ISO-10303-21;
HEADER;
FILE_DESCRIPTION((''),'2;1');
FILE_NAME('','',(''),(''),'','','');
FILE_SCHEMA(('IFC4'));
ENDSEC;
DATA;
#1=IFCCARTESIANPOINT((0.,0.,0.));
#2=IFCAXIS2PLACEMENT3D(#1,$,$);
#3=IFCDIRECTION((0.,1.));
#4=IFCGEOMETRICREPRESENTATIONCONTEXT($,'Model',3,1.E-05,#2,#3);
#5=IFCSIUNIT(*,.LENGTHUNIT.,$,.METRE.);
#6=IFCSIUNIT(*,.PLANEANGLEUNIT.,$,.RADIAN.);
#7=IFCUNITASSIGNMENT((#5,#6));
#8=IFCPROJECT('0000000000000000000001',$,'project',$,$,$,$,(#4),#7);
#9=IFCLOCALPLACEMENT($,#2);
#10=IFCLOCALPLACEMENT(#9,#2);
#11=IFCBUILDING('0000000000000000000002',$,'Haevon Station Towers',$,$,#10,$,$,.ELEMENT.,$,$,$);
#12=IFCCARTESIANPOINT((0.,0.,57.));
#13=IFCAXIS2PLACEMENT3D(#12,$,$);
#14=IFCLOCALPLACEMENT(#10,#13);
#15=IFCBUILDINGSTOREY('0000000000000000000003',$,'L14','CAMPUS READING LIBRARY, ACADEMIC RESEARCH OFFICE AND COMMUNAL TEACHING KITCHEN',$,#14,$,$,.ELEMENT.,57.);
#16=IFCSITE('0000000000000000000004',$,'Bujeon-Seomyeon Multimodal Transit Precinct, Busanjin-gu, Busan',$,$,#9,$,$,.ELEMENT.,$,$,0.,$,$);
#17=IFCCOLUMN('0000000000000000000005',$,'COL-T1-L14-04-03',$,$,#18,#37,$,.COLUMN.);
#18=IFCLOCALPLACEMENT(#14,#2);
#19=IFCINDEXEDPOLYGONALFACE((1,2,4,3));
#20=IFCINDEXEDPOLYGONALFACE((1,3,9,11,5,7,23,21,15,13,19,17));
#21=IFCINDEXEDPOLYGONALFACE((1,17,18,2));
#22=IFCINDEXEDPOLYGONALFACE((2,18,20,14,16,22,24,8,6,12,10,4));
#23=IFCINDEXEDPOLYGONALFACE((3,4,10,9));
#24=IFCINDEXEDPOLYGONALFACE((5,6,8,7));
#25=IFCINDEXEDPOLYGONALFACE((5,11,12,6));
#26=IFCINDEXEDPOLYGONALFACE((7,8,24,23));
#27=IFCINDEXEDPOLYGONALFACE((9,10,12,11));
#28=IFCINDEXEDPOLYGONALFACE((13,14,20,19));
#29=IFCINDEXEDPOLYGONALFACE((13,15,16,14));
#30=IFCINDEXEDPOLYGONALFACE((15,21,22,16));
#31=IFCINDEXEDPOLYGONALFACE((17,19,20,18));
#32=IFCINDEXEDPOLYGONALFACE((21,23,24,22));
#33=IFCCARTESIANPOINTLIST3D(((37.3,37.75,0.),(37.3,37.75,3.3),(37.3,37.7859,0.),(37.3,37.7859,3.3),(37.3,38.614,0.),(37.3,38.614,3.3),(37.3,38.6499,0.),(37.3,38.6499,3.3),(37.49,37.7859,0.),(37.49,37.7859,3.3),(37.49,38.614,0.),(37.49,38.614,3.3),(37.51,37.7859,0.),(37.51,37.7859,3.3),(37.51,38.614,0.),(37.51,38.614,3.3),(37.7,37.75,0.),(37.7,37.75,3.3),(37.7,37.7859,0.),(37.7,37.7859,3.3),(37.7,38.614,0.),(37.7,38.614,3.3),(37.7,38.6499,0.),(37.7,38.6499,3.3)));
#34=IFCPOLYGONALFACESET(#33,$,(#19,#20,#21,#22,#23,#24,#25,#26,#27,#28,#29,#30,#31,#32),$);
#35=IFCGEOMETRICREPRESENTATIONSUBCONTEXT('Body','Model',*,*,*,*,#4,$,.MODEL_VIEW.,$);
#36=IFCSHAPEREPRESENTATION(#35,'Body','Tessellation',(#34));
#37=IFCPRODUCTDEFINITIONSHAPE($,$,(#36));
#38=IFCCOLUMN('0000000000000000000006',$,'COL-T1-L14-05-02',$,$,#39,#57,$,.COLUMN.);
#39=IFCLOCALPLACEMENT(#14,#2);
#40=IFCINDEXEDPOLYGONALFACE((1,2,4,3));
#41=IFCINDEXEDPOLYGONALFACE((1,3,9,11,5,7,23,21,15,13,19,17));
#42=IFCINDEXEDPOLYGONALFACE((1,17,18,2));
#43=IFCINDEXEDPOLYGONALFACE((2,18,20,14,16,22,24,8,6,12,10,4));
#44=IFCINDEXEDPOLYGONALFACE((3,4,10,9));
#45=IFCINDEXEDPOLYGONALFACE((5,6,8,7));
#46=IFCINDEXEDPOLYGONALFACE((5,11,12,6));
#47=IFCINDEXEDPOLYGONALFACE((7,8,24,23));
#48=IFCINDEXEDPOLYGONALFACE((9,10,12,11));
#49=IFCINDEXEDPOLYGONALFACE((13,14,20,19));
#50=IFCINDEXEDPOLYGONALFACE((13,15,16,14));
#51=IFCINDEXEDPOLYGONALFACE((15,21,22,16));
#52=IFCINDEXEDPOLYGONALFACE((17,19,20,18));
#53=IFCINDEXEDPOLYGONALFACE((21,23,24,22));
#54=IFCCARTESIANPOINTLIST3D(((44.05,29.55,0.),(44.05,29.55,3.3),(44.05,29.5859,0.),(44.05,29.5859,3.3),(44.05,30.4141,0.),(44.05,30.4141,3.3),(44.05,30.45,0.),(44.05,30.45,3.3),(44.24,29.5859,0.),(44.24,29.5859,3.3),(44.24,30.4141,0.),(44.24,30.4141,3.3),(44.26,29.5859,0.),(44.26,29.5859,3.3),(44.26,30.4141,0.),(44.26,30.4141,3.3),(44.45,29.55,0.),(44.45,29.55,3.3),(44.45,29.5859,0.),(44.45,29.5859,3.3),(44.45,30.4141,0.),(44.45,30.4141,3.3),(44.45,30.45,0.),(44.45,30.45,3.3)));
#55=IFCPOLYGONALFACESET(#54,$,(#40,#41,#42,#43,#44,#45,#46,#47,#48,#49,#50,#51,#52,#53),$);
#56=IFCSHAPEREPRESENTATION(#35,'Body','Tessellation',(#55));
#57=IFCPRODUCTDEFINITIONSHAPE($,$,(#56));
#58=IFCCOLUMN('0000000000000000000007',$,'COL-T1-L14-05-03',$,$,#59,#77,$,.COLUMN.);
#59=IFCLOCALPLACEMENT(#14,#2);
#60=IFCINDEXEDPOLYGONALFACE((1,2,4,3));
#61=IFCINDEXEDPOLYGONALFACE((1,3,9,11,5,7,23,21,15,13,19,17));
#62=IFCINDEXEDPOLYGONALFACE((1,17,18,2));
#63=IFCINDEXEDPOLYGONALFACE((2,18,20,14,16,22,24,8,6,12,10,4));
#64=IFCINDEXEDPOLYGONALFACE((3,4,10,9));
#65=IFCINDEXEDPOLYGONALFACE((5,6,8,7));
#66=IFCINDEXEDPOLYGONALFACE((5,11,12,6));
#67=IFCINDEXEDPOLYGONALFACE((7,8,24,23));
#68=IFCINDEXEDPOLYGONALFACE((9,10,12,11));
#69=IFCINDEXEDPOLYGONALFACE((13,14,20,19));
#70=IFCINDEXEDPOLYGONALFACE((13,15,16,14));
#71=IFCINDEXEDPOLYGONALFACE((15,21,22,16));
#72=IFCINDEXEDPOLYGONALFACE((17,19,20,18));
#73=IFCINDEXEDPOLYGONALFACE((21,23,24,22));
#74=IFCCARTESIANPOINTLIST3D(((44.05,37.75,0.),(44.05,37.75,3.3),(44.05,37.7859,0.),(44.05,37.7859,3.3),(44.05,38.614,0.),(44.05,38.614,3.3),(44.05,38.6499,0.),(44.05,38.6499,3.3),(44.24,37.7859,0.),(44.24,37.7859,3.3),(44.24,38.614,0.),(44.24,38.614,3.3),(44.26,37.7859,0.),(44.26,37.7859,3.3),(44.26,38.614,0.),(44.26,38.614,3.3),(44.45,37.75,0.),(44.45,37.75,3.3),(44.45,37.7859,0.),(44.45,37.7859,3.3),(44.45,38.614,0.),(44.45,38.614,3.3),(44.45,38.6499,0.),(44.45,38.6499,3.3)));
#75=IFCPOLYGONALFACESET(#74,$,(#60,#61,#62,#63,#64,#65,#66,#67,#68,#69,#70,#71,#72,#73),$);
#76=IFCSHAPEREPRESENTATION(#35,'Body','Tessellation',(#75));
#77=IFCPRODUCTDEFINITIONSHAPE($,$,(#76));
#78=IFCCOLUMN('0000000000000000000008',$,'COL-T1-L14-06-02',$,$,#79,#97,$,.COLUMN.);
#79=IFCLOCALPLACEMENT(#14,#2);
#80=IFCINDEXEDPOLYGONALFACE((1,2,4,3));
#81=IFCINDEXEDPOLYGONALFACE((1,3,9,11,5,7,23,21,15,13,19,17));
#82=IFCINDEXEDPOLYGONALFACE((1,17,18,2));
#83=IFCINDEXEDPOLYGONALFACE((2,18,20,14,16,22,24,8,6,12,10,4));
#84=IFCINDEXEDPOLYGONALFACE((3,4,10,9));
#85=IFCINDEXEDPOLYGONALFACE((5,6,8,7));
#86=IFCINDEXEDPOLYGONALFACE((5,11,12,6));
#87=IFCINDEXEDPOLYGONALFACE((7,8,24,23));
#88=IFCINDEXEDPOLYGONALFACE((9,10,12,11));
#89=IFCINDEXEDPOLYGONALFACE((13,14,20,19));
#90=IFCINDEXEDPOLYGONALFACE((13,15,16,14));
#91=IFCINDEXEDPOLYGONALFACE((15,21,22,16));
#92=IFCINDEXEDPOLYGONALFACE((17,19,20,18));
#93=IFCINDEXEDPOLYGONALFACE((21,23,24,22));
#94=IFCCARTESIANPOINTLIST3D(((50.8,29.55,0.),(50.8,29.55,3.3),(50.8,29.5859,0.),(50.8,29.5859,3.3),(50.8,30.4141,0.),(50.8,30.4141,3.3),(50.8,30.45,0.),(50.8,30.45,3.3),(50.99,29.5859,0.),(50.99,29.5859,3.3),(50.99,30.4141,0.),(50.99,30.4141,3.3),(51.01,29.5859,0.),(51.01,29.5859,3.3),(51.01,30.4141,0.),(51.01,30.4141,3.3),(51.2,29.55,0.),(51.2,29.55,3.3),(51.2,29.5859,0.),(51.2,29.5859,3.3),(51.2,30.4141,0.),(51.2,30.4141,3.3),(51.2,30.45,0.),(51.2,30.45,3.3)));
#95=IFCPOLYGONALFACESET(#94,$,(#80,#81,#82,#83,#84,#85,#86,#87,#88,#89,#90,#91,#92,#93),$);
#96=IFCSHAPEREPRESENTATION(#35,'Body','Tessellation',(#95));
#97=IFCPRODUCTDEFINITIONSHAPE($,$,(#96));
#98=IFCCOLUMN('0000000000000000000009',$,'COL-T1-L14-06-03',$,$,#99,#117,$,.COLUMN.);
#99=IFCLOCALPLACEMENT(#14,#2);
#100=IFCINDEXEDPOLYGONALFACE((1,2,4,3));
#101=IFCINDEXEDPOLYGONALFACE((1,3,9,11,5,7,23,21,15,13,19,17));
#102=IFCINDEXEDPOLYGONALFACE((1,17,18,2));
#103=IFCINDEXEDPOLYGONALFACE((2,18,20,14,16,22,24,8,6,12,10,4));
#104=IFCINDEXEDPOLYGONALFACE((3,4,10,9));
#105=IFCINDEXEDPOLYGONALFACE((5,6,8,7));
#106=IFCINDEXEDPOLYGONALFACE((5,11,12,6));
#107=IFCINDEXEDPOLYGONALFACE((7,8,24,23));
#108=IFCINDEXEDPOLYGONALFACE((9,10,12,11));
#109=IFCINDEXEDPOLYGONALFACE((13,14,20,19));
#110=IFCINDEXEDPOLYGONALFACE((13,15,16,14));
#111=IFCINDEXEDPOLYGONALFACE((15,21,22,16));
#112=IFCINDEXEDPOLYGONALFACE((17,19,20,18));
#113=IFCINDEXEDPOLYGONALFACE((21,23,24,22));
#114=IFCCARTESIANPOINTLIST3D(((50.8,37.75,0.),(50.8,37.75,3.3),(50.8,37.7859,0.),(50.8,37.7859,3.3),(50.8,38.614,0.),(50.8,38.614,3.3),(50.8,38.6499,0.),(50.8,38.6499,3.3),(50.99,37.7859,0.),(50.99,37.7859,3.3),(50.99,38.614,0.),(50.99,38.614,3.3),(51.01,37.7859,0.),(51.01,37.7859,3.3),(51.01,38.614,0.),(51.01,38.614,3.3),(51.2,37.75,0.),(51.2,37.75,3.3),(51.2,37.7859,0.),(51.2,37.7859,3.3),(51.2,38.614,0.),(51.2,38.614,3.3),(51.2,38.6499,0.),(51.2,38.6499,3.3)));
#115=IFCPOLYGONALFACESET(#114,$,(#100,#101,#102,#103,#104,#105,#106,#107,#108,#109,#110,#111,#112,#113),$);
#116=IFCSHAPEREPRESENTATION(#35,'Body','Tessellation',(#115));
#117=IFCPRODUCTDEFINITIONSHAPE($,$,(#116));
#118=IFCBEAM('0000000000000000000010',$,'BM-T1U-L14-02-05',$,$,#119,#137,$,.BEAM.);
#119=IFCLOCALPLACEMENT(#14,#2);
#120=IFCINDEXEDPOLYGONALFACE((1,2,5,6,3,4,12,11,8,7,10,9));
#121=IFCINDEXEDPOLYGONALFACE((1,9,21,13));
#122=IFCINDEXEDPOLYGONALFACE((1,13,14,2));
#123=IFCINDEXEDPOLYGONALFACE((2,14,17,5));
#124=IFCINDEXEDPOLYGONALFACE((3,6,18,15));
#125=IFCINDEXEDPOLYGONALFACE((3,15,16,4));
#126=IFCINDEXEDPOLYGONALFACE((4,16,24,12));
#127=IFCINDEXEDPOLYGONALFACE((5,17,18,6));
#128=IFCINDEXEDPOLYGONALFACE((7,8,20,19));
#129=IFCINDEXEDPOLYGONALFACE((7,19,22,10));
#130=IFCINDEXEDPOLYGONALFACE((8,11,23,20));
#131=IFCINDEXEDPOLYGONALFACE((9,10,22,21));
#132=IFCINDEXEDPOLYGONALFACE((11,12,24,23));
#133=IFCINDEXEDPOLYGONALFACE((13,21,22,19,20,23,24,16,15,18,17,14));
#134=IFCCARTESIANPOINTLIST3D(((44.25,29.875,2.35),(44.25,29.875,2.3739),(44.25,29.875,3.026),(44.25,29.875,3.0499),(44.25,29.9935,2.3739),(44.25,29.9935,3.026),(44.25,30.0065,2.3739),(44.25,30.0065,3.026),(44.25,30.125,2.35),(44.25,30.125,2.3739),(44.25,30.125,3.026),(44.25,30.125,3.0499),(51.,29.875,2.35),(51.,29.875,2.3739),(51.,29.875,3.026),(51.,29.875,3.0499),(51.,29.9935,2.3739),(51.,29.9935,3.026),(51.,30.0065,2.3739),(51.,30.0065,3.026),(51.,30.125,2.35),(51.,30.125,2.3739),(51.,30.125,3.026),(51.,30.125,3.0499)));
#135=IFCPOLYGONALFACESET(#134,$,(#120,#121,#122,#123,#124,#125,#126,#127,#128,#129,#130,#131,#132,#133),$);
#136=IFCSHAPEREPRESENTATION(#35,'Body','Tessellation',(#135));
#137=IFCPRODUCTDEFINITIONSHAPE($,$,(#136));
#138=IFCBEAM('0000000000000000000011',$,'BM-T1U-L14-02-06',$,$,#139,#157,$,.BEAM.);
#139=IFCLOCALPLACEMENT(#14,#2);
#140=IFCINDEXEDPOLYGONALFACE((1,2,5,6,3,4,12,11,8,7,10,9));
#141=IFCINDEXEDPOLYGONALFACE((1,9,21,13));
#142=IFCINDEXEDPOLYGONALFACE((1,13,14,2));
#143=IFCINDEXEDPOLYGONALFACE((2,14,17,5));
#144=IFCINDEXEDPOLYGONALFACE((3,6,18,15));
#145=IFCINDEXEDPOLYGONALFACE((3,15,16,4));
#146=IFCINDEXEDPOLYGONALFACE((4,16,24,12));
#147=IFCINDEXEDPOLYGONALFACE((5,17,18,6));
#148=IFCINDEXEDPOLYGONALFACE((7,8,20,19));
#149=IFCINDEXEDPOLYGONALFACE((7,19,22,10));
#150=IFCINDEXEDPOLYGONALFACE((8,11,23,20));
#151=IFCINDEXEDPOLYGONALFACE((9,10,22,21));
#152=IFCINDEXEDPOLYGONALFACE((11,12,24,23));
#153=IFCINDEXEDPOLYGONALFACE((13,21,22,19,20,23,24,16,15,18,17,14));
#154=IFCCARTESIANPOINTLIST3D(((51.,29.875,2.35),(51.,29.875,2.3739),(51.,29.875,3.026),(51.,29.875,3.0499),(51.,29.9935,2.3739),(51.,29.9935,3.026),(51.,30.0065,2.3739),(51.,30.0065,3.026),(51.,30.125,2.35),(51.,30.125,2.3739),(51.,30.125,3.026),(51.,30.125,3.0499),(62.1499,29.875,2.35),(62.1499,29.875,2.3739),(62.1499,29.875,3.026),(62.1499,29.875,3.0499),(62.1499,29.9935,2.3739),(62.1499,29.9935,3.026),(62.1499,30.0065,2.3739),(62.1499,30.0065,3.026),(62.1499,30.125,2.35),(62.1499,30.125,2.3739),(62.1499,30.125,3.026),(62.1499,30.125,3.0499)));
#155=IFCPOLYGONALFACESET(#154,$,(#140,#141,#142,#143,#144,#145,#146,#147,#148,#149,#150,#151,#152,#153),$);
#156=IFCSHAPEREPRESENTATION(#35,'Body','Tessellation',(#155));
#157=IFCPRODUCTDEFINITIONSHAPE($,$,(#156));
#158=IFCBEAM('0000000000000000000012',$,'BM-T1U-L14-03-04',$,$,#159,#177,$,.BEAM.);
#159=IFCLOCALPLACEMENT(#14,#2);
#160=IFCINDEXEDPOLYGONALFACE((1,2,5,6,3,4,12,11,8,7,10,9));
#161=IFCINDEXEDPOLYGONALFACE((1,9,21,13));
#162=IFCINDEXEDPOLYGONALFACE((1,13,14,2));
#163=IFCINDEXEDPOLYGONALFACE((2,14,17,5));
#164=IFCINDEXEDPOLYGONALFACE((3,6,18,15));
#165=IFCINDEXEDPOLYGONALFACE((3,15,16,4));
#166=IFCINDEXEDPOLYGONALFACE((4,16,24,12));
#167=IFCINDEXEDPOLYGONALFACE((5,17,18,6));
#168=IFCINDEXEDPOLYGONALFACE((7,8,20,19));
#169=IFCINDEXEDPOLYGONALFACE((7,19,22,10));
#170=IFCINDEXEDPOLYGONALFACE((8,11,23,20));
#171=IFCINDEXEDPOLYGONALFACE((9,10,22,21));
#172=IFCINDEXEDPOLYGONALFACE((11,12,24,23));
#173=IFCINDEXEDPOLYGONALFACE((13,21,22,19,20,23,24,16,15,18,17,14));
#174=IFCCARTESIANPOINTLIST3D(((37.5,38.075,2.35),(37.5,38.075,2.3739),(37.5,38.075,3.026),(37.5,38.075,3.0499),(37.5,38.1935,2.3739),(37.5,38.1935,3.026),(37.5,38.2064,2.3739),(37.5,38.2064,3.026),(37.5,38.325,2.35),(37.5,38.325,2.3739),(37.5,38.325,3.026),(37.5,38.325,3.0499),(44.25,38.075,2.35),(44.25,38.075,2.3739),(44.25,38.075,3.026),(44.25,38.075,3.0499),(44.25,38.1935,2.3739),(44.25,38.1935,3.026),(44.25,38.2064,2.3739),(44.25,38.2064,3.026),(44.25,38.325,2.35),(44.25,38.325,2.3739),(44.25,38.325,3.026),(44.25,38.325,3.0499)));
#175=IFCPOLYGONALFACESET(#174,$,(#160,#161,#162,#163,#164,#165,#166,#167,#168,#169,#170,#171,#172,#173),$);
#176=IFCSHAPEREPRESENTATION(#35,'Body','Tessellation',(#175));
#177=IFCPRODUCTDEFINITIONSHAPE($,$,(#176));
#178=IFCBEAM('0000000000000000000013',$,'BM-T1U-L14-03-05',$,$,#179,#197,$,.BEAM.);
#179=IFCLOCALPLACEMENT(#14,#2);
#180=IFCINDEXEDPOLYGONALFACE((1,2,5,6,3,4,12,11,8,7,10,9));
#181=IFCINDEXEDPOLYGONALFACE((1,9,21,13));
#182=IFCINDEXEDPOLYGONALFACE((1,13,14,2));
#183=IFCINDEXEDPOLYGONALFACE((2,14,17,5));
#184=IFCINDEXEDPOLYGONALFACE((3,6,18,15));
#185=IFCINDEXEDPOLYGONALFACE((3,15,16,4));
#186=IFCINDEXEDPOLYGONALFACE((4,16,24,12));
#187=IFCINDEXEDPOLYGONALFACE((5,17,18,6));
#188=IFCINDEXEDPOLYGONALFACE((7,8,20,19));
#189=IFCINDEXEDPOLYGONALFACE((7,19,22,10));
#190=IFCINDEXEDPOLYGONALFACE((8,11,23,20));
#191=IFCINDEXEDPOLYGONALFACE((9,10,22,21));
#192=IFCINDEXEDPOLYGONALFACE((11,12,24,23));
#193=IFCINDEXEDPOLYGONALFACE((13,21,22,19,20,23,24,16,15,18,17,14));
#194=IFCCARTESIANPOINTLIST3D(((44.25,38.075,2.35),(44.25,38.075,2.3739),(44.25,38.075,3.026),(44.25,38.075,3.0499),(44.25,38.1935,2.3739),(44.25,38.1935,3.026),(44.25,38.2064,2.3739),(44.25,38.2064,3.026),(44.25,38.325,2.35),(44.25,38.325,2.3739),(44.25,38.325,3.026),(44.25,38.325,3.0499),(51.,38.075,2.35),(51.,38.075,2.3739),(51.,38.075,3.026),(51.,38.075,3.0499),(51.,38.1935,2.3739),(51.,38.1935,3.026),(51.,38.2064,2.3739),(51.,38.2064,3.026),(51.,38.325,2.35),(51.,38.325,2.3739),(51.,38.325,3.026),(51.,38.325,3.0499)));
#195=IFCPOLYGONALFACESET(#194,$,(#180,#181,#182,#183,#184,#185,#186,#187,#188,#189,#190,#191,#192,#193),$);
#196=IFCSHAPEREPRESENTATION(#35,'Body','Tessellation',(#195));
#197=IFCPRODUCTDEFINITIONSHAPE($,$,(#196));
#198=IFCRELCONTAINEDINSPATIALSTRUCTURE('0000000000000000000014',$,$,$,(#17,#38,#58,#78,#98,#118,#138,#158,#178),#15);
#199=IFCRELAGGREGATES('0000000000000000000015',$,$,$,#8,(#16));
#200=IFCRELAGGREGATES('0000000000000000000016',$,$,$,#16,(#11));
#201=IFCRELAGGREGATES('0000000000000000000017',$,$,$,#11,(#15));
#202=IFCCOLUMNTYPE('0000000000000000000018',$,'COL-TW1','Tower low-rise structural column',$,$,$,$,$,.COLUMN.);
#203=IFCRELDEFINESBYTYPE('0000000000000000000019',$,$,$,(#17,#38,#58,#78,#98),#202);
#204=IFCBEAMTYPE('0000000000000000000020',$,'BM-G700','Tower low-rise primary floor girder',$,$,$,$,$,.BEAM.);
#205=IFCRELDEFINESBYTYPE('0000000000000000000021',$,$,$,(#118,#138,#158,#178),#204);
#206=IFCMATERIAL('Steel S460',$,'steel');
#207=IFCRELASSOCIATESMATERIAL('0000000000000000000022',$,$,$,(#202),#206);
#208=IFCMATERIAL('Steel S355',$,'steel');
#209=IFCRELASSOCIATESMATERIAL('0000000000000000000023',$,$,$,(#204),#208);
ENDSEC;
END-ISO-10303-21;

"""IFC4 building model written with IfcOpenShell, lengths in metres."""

from ifc_helpers import new_model, si_unit, direction, frame, origin, origin_2d, place, context, subcontext, project, spatial, i_section, extrude, material, material_profile, profile_set, type_object, element, save


model = new_model("IFC4")

# Units and contexts
model_context = context("Model", 3, precision=1e-05, world=origin(), true_north=direction((0.0, 1.0)))
body_context = subcontext(model_context, "Body", "Model", "MODEL_VIEW")
ifc_project = project(units=[si_unit("LENGTHUNIT", "METRE"), si_unit("PLANEANGLEUNIT", "RADIAN")], contexts=[model_context])

# Site, building, storey
site_placement = place(None, origin())
site = spatial("IfcSite", under=ifc_project, at=site_placement, Name="Bujeon-Seomyeon Multimodal Transit Precinct, Busanjin-gu, Busan", CompositionType="ELEMENT", RefElevation=0.0)
building_placement = place(site_placement, origin())
building = spatial("IfcBuilding", under=site, at=building_placement, Name="Haevon Station Towers", CompositionType="ELEMENT")
storey_placement = place(building_placement, frame((0.0, 0.0, 57.0)))
storey = spatial("IfcBuildingStorey", under=building, at=storey_placement, Name="L14", Description="CAMPUS READING LIBRARY, ACADEMIC RESEARCH OFFICE AND COMMUNAL TEACHING KITCHEN", CompositionType="ELEMENT", Elevation=57.0)

# Columns
ifc_material_1 = material(Name="Steel S460", Category="steel")
ifc_material_profile_1 = material_profile(ifc_material_1, i_section(OverallWidth=0.3999, OverallDepth=0.8999, WebThickness=0.02, FlangeThickness=0.0359, at=origin_2d()), Name="H-900x400x20x36")
ifc_profile_set_1 = profile_set([ifc_material_profile_1], Name="Steel S460")
column_type = type_object("IfcColumnType", Name="COL-TW1", Description="Tower low-rise structural column", PredefinedType="COLUMN", material=ifc_profile_set_1)
for number, where, z_axis, x_axis, name in (
    (1, (37.5, 38.2, 0.0), (0.0, 0.0, 1.0), (1.0, 0.0, 0.0), "COL-T1-L14-04-03"),
    (2, (44.25, 30.0, 0.0), (0.0, 0.0, 1.0), (1.0, 0.0, 0.0), "COL-T1-L14-05-02"),
    (3, (44.25, 38.2, 0.0), (0.0, 0.0, 1.0), (1.0, 0.0, 0.0), "COL-T1-L14-05-03"),
    (4, (51.0, 30.0, 0.0), (0.0, 0.0, 1.0), (1.0, 0.0, 0.0), "COL-T1-L14-06-02"),
    (5, (51.0, 38.2, 0.0), (0.0, 0.0, 1.0), (1.0, 0.0, 0.0), "COL-T1-L14-06-03"),
):
    element("IfcColumn", number, at=place(storey_placement, frame(where, z_axis=z_axis, x_axis=x_axis)), inside=storey, type_object=column_type, Name=name, PredefinedType="COLUMN", context=body_context, shape_type="SweptSolid", body=[
        extrude(i_section(OverallWidth=0.3999, OverallDepth=0.8999, WebThickness=0.02, FlangeThickness=0.0359, at=origin_2d()), origin(), (0.0, 0.0, 1.0), 3.3),
    ])

# Beams
ifc_material_2 = material(Name="Steel S355", Category="steel")
ifc_material_profile_2 = material_profile(ifc_material_2, i_section(OverallWidth=0.25, OverallDepth=0.7, WebThickness=0.0129, FlangeThickness=0.0239, at=origin_2d()), Name="H-700x250x13x24")
ifc_profile_set_2 = profile_set([ifc_material_profile_2], Name="Steel S355")
beam_type_1 = type_object("IfcBeamType", Name="BM-G700", Description="Tower low-rise primary floor girder", PredefinedType="BEAM", material=ifc_profile_set_2)
beam_1_placement = place(storey_placement, frame((44.25, 30.0, 2.7), z_axis=(1.0, 0.0, 0.0), x_axis=(0.0, 1.0, 0.0)))
element("IfcBeam", 6, at=beam_1_placement, inside=storey, type_object=beam_type_1, Name="BM-T1U-L14-02-05", PredefinedType="BEAM", context=body_context, shape_type="SweptSolid", body=[
    extrude(i_section(OverallWidth=0.25, OverallDepth=0.7, WebThickness=0.0129, FlangeThickness=0.0239, at=origin_2d()), origin(), (0.0, 0.0, 1.0), 6.75),
])
beam_2_placement = place(storey_placement, frame((51.0, 30.0, 2.7), z_axis=(1.0, 0.0, 0.0), x_axis=(0.0, 1.0, 0.0)))
element("IfcBeam", 7, at=beam_2_placement, inside=storey, type_object=beam_type_1, Name="BM-T1U-L14-02-06", PredefinedType="BEAM", context=body_context, shape_type="SweptSolid", body=[
    extrude(i_section(OverallWidth=0.25, OverallDepth=0.7, WebThickness=0.0129, FlangeThickness=0.0239, at=origin_2d()), origin(), (0.0, 0.0, 1.0), 11.1499),
])
for number, where, z_axis, x_axis, name in (
    (8, (37.5, 38.2, 2.7), (1.0, 0.0, 0.0), (0.0, 1.0, 0.0), "BM-T1U-L14-03-04"),
    (9, (44.25, 38.2, 2.7), (1.0, 0.0, 0.0), (0.0, 1.0, 0.0), "BM-T1U-L14-03-05"),
):
    element("IfcBeam", number, at=place(storey_placement, frame(where, z_axis=z_axis, x_axis=x_axis)), inside=storey, type_object=beam_type_1, Name=name, PredefinedType="BEAM", context=body_context, shape_type="SweptSolid", body=[
        extrude(i_section(OverallWidth=0.25, OverallDepth=0.7, WebThickness=0.0129, FlangeThickness=0.0239, at=origin_2d()), origin(), (0.0, 0.0, 1.0), 6.75),
    ])

save(model, "model.ifc")
